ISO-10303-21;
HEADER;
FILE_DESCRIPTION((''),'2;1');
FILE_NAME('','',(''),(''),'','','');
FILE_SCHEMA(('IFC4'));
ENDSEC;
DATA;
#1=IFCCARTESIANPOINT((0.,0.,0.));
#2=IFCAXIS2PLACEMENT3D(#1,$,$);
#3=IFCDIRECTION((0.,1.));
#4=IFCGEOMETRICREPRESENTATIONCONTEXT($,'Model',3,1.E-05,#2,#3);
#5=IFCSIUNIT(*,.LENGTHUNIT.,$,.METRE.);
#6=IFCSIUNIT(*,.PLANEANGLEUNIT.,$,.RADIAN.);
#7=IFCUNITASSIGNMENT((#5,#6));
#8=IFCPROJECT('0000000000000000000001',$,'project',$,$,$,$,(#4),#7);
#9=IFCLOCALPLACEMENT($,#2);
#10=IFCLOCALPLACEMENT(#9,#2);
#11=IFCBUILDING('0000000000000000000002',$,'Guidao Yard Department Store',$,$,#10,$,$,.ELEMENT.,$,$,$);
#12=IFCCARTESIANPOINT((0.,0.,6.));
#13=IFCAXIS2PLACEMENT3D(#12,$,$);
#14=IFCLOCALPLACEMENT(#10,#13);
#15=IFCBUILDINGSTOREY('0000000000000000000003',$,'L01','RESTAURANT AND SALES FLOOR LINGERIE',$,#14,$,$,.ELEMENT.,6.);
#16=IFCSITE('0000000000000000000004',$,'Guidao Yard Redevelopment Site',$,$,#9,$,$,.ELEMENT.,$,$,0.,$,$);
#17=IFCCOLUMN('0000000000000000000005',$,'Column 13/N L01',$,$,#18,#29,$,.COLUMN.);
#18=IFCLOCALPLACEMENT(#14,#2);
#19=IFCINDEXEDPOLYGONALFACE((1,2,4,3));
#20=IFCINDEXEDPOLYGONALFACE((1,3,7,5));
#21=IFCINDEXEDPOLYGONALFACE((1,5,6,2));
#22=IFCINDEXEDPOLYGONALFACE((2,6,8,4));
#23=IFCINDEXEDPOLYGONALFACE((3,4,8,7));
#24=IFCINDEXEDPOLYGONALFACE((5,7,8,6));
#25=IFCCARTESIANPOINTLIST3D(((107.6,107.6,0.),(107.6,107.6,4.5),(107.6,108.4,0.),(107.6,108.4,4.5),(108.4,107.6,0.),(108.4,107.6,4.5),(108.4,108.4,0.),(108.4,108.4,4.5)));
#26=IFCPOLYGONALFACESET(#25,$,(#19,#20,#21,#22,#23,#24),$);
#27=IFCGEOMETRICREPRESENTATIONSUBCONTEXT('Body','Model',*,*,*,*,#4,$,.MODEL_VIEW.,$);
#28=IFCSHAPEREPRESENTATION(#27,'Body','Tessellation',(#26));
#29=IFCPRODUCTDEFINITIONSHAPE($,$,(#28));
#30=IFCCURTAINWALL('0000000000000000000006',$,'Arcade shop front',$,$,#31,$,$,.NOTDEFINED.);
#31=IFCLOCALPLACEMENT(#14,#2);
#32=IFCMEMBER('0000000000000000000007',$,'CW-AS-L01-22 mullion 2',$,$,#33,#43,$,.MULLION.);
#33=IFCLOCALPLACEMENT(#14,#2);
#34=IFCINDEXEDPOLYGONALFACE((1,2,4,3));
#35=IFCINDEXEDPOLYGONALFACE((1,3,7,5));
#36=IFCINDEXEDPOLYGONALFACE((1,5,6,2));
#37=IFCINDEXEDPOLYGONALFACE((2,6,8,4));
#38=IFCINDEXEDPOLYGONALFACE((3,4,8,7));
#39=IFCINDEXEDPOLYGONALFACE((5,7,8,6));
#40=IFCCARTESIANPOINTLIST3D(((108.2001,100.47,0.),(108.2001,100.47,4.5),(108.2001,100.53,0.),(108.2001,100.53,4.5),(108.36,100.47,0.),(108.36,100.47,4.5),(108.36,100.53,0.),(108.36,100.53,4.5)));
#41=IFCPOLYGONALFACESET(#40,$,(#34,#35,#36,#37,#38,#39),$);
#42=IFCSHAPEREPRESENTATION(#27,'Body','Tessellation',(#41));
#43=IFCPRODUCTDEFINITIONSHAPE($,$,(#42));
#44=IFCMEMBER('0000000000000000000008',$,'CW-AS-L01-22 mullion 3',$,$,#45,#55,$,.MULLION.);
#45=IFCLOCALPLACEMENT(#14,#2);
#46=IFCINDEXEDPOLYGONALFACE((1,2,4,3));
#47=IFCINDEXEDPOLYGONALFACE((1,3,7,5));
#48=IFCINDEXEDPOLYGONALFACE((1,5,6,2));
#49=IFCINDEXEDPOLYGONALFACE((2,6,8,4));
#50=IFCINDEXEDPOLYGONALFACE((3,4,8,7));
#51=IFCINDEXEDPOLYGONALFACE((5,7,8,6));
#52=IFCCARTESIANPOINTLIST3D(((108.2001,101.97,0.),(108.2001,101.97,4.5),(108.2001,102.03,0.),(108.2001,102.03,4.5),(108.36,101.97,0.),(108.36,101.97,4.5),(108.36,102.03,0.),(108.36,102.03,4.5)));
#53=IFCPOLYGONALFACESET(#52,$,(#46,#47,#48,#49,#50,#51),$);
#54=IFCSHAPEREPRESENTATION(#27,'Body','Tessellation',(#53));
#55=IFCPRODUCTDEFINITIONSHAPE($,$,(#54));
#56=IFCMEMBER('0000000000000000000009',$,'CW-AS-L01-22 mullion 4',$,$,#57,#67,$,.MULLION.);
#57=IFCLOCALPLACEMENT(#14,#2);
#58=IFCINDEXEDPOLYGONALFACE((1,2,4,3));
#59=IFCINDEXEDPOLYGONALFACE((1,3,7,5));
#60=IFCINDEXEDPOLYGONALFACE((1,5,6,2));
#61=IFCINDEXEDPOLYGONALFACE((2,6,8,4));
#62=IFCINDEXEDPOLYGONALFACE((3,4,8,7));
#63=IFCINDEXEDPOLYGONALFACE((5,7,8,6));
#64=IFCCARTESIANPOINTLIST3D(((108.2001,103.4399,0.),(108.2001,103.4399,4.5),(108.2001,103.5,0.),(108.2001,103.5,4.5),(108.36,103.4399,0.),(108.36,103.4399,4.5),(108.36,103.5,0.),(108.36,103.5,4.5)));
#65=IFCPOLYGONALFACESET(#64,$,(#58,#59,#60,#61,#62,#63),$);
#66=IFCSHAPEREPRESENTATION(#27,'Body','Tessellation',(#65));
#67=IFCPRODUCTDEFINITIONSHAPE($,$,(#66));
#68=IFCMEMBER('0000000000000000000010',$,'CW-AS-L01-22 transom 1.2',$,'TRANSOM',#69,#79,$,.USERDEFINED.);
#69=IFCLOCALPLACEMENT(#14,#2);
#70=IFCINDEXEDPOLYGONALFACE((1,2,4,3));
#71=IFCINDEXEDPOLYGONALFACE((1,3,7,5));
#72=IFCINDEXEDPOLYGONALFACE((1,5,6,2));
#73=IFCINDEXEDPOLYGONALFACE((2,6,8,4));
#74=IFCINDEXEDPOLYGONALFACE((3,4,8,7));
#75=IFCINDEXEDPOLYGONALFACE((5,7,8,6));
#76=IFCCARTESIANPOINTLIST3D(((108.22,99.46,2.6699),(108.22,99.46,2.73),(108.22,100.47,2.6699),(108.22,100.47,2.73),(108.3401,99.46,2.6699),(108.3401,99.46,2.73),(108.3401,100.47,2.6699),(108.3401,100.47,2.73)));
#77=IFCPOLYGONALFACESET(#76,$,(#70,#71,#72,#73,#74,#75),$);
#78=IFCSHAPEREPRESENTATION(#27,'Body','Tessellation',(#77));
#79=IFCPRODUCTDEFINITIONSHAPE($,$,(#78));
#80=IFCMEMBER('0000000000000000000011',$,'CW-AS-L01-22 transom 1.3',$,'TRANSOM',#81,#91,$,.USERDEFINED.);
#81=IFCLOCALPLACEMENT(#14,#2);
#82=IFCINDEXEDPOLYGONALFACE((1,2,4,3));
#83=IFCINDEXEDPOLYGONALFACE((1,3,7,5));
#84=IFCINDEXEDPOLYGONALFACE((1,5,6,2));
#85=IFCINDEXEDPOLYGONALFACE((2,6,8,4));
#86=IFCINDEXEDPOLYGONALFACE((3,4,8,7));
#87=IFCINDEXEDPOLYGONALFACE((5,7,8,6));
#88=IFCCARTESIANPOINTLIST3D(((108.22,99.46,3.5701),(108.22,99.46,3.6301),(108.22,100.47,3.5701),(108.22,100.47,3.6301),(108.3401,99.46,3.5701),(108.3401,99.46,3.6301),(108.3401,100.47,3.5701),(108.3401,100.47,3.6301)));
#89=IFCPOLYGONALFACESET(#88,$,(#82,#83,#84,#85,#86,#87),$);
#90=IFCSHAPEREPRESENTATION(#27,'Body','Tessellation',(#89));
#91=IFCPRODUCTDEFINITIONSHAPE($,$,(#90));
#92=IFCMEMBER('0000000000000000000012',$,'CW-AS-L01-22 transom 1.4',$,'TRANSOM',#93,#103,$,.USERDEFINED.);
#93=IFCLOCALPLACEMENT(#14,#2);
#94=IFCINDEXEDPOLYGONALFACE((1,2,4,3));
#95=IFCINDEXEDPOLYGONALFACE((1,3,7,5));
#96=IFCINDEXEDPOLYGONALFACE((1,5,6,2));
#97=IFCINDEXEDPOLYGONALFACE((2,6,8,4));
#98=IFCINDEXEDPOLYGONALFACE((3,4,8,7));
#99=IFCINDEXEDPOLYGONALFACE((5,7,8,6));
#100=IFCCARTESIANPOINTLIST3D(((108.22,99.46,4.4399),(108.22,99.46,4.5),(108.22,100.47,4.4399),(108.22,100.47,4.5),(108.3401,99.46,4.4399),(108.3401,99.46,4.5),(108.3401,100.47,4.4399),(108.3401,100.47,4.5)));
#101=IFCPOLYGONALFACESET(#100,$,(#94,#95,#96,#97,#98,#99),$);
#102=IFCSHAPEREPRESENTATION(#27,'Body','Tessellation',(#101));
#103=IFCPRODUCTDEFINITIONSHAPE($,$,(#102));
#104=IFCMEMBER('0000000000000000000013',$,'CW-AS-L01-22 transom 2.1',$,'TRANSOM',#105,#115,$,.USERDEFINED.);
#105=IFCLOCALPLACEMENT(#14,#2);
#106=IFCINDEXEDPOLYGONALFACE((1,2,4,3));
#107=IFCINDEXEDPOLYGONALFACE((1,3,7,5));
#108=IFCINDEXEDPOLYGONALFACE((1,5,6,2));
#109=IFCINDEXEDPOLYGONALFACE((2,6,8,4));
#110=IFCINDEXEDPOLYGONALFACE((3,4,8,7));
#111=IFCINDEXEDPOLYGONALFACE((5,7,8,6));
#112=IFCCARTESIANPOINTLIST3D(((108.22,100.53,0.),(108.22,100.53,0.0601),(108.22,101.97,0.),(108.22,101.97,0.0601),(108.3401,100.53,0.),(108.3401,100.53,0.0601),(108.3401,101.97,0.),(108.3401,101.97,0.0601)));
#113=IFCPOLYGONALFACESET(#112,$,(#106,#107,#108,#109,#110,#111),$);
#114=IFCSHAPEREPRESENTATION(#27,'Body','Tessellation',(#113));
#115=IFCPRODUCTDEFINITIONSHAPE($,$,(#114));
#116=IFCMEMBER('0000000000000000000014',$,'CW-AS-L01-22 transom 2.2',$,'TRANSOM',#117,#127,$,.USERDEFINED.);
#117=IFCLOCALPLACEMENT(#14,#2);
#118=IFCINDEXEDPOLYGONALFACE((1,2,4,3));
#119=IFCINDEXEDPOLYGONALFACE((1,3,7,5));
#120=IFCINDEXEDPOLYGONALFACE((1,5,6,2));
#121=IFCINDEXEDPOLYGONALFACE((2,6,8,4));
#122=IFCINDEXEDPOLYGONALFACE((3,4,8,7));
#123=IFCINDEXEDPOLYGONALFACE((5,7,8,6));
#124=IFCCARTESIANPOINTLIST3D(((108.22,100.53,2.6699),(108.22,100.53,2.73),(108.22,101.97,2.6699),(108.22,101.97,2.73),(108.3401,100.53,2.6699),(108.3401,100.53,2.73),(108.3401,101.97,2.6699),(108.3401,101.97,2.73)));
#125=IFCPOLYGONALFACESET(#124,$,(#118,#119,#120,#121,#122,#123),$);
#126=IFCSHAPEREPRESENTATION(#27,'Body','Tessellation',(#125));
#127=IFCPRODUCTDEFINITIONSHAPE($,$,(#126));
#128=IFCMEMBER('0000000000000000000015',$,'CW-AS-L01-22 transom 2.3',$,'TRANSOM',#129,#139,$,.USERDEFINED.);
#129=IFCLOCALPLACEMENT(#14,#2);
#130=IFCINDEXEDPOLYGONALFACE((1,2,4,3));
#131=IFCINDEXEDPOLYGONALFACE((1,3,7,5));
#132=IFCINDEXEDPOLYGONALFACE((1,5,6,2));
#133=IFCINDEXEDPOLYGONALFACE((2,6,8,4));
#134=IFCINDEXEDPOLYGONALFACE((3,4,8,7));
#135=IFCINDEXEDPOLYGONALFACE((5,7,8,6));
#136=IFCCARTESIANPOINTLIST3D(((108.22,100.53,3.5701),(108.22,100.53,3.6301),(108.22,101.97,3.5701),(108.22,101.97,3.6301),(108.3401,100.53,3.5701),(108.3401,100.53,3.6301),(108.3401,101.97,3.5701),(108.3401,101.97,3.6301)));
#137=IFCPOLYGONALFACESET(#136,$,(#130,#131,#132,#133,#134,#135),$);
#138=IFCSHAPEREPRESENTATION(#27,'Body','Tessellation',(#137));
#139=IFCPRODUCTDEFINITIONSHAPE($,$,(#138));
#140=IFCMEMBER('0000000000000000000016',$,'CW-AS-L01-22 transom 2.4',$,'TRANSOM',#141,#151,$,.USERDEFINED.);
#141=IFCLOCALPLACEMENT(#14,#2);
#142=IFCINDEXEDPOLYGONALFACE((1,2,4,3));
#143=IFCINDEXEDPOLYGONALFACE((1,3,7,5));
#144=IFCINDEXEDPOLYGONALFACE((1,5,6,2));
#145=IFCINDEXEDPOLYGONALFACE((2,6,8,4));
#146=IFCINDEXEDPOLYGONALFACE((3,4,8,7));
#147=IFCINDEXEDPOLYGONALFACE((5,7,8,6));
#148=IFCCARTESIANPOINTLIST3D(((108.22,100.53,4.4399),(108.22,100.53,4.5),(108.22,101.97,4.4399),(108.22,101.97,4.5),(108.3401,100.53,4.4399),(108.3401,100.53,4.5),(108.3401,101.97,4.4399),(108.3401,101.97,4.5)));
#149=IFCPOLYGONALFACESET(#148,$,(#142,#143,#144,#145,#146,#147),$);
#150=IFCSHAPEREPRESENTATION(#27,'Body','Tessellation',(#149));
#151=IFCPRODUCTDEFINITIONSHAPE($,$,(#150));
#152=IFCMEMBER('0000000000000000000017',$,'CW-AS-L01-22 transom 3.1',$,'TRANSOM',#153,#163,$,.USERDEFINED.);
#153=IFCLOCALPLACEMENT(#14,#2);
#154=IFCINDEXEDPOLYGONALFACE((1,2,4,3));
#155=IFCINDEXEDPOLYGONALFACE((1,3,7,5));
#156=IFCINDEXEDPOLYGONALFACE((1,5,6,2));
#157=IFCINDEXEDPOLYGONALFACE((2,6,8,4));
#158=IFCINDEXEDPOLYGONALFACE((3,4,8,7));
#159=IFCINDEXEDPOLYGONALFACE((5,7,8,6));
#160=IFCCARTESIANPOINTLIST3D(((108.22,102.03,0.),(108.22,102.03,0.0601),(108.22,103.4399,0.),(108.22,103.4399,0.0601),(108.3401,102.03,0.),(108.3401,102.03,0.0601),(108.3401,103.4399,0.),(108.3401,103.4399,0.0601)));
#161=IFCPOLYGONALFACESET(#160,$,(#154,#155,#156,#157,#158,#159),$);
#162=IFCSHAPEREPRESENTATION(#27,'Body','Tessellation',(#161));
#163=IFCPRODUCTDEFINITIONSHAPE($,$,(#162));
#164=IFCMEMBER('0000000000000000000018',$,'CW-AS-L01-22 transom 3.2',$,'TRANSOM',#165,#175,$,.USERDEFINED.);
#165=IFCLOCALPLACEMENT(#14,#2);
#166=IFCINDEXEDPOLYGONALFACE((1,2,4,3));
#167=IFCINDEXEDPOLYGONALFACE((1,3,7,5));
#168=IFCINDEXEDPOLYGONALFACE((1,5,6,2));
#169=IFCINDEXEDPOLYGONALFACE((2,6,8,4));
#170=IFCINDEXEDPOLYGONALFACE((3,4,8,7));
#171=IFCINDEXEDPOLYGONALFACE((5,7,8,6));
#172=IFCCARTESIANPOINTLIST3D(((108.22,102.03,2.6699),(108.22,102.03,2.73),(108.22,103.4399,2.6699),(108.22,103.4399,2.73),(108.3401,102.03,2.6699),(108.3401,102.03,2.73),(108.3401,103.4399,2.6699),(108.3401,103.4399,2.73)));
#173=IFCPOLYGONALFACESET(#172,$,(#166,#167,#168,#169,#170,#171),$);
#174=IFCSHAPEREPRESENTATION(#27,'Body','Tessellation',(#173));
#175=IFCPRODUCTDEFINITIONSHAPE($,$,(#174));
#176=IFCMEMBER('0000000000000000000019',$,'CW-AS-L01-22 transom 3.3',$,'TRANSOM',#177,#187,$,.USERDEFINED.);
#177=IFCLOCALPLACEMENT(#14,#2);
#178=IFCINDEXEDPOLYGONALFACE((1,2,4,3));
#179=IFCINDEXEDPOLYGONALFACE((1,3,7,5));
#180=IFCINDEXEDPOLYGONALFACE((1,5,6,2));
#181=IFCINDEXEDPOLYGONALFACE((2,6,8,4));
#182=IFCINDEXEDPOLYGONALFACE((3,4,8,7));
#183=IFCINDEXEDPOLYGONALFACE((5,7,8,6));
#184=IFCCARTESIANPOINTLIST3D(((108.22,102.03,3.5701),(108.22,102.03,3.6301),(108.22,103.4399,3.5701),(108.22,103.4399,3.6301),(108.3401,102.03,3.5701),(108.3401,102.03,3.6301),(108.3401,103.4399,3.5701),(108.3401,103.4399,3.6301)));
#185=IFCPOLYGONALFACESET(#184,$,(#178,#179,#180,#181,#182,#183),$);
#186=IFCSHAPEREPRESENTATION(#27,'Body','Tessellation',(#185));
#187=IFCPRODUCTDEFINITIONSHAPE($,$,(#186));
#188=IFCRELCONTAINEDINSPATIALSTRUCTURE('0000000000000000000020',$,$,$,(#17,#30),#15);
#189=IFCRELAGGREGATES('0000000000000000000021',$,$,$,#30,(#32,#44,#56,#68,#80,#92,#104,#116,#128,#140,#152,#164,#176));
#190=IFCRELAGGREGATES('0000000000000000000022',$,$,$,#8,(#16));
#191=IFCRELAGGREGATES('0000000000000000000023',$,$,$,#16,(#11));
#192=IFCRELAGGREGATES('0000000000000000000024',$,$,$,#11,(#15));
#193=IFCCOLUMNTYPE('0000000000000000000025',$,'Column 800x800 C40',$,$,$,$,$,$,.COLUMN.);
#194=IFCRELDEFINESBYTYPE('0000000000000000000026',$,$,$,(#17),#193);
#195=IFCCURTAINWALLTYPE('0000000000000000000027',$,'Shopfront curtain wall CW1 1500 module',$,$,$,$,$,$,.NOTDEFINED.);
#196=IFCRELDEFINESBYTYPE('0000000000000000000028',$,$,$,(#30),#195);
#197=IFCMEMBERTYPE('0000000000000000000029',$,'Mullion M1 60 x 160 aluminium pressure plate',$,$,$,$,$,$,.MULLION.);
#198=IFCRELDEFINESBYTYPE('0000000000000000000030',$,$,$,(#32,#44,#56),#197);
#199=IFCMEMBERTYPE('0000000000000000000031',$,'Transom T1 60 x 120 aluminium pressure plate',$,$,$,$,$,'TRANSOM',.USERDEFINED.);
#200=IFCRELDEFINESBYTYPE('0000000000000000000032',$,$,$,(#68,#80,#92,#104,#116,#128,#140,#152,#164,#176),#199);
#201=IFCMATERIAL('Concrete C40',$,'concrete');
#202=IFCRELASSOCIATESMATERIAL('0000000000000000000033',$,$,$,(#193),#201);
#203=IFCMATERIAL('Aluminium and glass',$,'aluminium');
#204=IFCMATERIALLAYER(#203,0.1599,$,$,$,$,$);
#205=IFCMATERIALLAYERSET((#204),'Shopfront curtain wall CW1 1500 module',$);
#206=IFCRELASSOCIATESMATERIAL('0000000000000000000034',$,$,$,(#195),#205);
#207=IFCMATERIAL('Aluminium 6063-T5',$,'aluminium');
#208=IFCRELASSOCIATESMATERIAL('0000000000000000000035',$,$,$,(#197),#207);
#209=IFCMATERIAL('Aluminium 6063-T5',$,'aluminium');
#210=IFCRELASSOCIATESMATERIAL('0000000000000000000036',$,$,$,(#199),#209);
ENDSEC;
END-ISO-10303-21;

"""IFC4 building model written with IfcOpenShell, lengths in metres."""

from ifc_helpers import new_model, si_unit, direction, frame, origin, origin_2d, place, context, subcontext, project, spatial, rectangle, extrude, material, layer, layer_set, material_profile, profile_set, type_object, element, aggregate, save


model = new_model("IFC4")

# Units and contexts
model_context = context("Model", 3, precision=1e-05, world=origin(), true_north=direction((0.0, 1.0)))
body_context = subcontext(model_context, "Body", "Model", "MODEL_VIEW")
ifc_project = project(units=[si_unit("LENGTHUNIT", "METRE"), si_unit("PLANEANGLEUNIT", "RADIAN")], contexts=[model_context])

# Site, building, storey
site_placement = place(None, origin())
site = spatial("IfcSite", under=ifc_project, at=site_placement, Name="Guidao Yard Redevelopment Site", CompositionType="ELEMENT", RefElevation=0.0)
building_placement = place(site_placement, origin())
building = spatial("IfcBuilding", under=site, at=building_placement, Name="Guidao Yard Department Store", CompositionType="ELEMENT")
storey_placement = place(building_placement, frame((0.0, 0.0, 6.0)))
storey = spatial("IfcBuildingStorey", under=building, at=storey_placement, Name="L01", Description="RESTAURANT AND SALES FLOOR LINGERIE", CompositionType="ELEMENT", Elevation=6.0)

# Column
ifc_material_1 = material(Name="Concrete C40", Category="concrete")
ifc_material_profile_1 = material_profile(ifc_material_1, rectangle(XDim=0.8, YDim=0.8, at=origin_2d()), Name="COL 800x800")
ifc_profile_set_1 = profile_set([ifc_material_profile_1], Name="Concrete C40")
column_type = type_object("IfcColumnType", Name="Column 800x800 C40", PredefinedType="COLUMN", material=ifc_profile_set_1)
column_placement = place(storey_placement, frame((108.0, 108.0, 0.0), z_axis=(0.0, 0.0, 1.0), x_axis=(1.0, 0.0, 0.0)))
element("IfcColumn", 1, at=column_placement, inside=storey, type_object=column_type, Name="Column 13/N L01", PredefinedType="COLUMN", context=body_context, shape_type="SweptSolid", body=[
    extrude(rectangle(XDim=0.8, YDim=0.8, at=origin_2d()), origin(), (0.0, 0.0, 1.0), 4.5),
])

# Curtain wall, members
ifc_material_2 = material(Name="Aluminium and glass", Category="aluminium")
ifc_layer_1 = layer(ifc_material_2, 0.1599)
ifc_layer_set_1 = layer_set([ifc_layer_1], Name="Shopfront curtain wall CW1 1500 module")
curtain_wall_type = type_object("IfcCurtainWallType", Name="Shopfront curtain wall CW1 1500 module", PredefinedType="NOTDEFINED", material=ifc_layer_set_1)
curtain_wall_placement = place(storey_placement, origin())
curtain_wall = element("IfcCurtainWall", 2, at=curtain_wall_placement, inside=storey, type_object=curtain_wall_type, Name="Arcade shop front", PredefinedType="NOTDEFINED")
ifc_material_3 = material(Name="Aluminium 6063-T5", Category="aluminium")
ifc_material_profile_2 = material_profile(ifc_material_3, rectangle(XDim=0.0601, YDim=0.1599, at=origin_2d()), Name="Mullion M1 60 x 160 aluminium pressure plate")
ifc_profile_set_2 = profile_set([ifc_material_profile_2], Name="Aluminium 6063-T5")
member_type_1 = type_object("IfcMemberType", Name="Mullion M1 60 x 160 aluminium pressure plate", PredefinedType="MULLION", material=ifc_profile_set_2)
member_1_placement = place(storey_placement, frame((108.28, 100.5, 0.0), z_axis=(0.0, 0.0, 1.0), x_axis=(0.0, -1.0, 0.0)))
member_1 = element("IfcMember", 3, at=member_1_placement, type_object=member_type_1, Name="CW-AS-L01-22 mullion 2", PredefinedType="MULLION", context=body_context, shape_type="SweptSolid", body=[
    extrude(rectangle(XDim=0.0601, YDim=0.1599, at=origin_2d()), origin(), (0.0, 0.0, 1.0), 4.5),
])
member_2_placement = place(storey_placement, frame((108.28, 102.0, 0.0), z_axis=(0.0, 0.0, 1.0), x_axis=(0.0, -1.0, 0.0)))
member_2 = element("IfcMember", 4, at=member_2_placement, type_object=member_type_1, Name="CW-AS-L01-22 mullion 3", PredefinedType="MULLION", context=body_context, shape_type="SweptSolid", body=[
    extrude(rectangle(XDim=0.0601, YDim=0.1599, at=origin_2d()), origin(), (0.0, 0.0, 1.0), 4.5),
])
member_3_placement = place(storey_placement, frame((108.28, 103.47, 0.0), z_axis=(0.0, 0.0, 1.0), x_axis=(0.0, -1.0, 0.0)))
member_3 = element("IfcMember", 5, at=member_3_placement, type_object=member_type_1, Name="CW-AS-L01-22 mullion 4", PredefinedType="MULLION", context=body_context, shape_type="SweptSolid", body=[
    extrude(rectangle(XDim=0.0601, YDim=0.1599, at=origin_2d()), origin(), (0.0, 0.0, 1.0), 4.5),
])
ifc_material_4 = material(Name="Aluminium 6063-T5", Category="aluminium")
ifc_material_profile_3 = material_profile(ifc_material_4, rectangle(XDim=0.1201, YDim=0.0601, at=origin_2d()), Name="Transom T1 60 x 120 aluminium pressure plate")
ifc_profile_set_3 = profile_set([ifc_material_profile_3], Name="Aluminium 6063-T5")
member_type_2 = type_object("IfcMemberType", Name="Transom T1 60 x 120 aluminium pressure plate", ElementType="TRANSOM", PredefinedType="USERDEFINED", material=ifc_profile_set_3)
member_4_placement = place(storey_placement, frame((108.28, 100.47, 2.7), z_axis=(0.0, -1.0, 0.0), x_axis=(1.0, 0.0, 0.0)))
member_4 = element("IfcMember", 6, at=member_4_placement, type_object=member_type_2, Name="CW-AS-L01-22 transom 1.2", ObjectType="TRANSOM", PredefinedType="USERDEFINED", context=body_context, shape_type="SweptSolid", body=[
    extrude(rectangle(XDim=0.1201, YDim=0.0601, at=origin_2d()), origin(), (0.0, 0.0, 1.0), 1.01),
])
member_5_placement = place(storey_placement, frame((108.28, 100.47, 3.6001), z_axis=(0.0, -1.0, 0.0), x_axis=(1.0, 0.0, 0.0)))
member_5 = element("IfcMember", 7, at=member_5_placement, type_object=member_type_2, Name="CW-AS-L01-22 transom 1.3", ObjectType="TRANSOM", PredefinedType="USERDEFINED", context=body_context, shape_type="SweptSolid", body=[
    extrude(rectangle(XDim=0.1201, YDim=0.0601, at=origin_2d()), origin(), (0.0, 0.0, 1.0), 1.01),
])
member_6_placement = place(storey_placement, frame((108.28, 100.47, 4.47), z_axis=(0.0, -1.0, 0.0), x_axis=(1.0, 0.0, 0.0)))
member_6 = element("IfcMember", 8, at=member_6_placement, type_object=member_type_2, Name="CW-AS-L01-22 transom 1.4", ObjectType="TRANSOM", PredefinedType="USERDEFINED", context=body_context, shape_type="SweptSolid", body=[
    extrude(rectangle(XDim=0.1201, YDim=0.0601, at=origin_2d()), origin(), (0.0, 0.0, 1.0), 1.01),
])
member_7_placement = place(storey_placement, frame((108.28, 101.97, 0.03), z_axis=(0.0, -1.0, 0.0), x_axis=(1.0, 0.0, 0.0)))
member_7 = element("IfcMember", 9, at=member_7_placement, type_object=member_type_2, Name="CW-AS-L01-22 transom 2.1", ObjectType="TRANSOM", PredefinedType="USERDEFINED", context=body_context, shape_type="SweptSolid", body=[
    extrude(rectangle(XDim=0.1201, YDim=0.0601, at=origin_2d()), origin(), (0.0, 0.0, 1.0), 1.4399),
])
member_8_placement = place(storey_placement, frame((108.28, 101.97, 2.7), z_axis=(0.0, -1.0, 0.0), x_axis=(1.0, 0.0, 0.0)))
member_8 = element("IfcMember", 10, at=member_8_placement, type_object=member_type_2, Name="CW-AS-L01-22 transom 2.2", ObjectType="TRANSOM", PredefinedType="USERDEFINED", context=body_context, shape_type="SweptSolid", body=[
    extrude(rectangle(XDim=0.1201, YDim=0.0601, at=origin_2d()), origin(), (0.0, 0.0, 1.0), 1.4399),
])
member_9_placement = place(storey_placement, frame((108.28, 101.97, 3.6001), z_axis=(0.0, -1.0, 0.0), x_axis=(1.0, 0.0, 0.0)))
member_9 = element("IfcMember", 11, at=member_9_placement, type_object=member_type_2, Name="CW-AS-L01-22 transom 2.3", ObjectType="TRANSOM", PredefinedType="USERDEFINED", context=body_context, shape_type="SweptSolid", body=[
    extrude(rectangle(XDim=0.1201, YDim=0.0601, at=origin_2d()), origin(), (0.0, 0.0, 1.0), 1.4399),
])
member_10_placement = place(storey_placement, frame((108.28, 101.97, 4.47), z_axis=(0.0, -1.0, 0.0), x_axis=(1.0, 0.0, 0.0)))
member_10 = element("IfcMember", 12, at=member_10_placement, type_object=member_type_2, Name="CW-AS-L01-22 transom 2.4", ObjectType="TRANSOM", PredefinedType="USERDEFINED", context=body_context, shape_type="SweptSolid", body=[
    extrude(rectangle(XDim=0.1201, YDim=0.0601, at=origin_2d()), origin(), (0.0, 0.0, 1.0), 1.4399),
])
member_11_placement = place(storey_placement, frame((108.28, 103.4399, 0.03), z_axis=(0.0, -1.0, 0.0), x_axis=(1.0, 0.0, 0.0)))
member_11 = element("IfcMember", 13, at=member_11_placement, type_object=member_type_2, Name="CW-AS-L01-22 transom 3.1", ObjectType="TRANSOM", PredefinedType="USERDEFINED", context=body_context, shape_type="SweptSolid", body=[
    extrude(rectangle(XDim=0.1201, YDim=0.0601, at=origin_2d()), origin(), (0.0, 0.0, 1.0), 1.4099),
])
member_12_placement = place(storey_placement, frame((108.28, 103.4399, 2.7), z_axis=(0.0, -1.0, 0.0), x_axis=(1.0, 0.0, 0.0)))
member_12 = element("IfcMember", 14, at=member_12_placement, type_object=member_type_2, Name="CW-AS-L01-22 transom 3.2", ObjectType="TRANSOM", PredefinedType="USERDEFINED", context=body_context, shape_type="SweptSolid", body=[
    extrude(rectangle(XDim=0.1201, YDim=0.0601, at=origin_2d()), origin(), (0.0, 0.0, 1.0), 1.4099),
])
member_13_placement = place(storey_placement, frame((108.28, 103.4399, 3.6001), z_axis=(0.0, -1.0, 0.0), x_axis=(1.0, 0.0, 0.0)))
member_13 = element("IfcMember", 15, at=member_13_placement, type_object=member_type_2, Name="CW-AS-L01-22 transom 3.3", ObjectType="TRANSOM", PredefinedType="USERDEFINED", context=body_context, shape_type="SweptSolid", body=[
    extrude(rectangle(XDim=0.1201, YDim=0.0601, at=origin_2d()), origin(), (0.0, 0.0, 1.0), 1.4099),
])
aggregate(curtain_wall, [member_1, member_2, member_3, member_4, member_5, member_6, member_7, member_8, member_9, member_10, member_11, member_12, member_13])

save(model, "model.ifc")
